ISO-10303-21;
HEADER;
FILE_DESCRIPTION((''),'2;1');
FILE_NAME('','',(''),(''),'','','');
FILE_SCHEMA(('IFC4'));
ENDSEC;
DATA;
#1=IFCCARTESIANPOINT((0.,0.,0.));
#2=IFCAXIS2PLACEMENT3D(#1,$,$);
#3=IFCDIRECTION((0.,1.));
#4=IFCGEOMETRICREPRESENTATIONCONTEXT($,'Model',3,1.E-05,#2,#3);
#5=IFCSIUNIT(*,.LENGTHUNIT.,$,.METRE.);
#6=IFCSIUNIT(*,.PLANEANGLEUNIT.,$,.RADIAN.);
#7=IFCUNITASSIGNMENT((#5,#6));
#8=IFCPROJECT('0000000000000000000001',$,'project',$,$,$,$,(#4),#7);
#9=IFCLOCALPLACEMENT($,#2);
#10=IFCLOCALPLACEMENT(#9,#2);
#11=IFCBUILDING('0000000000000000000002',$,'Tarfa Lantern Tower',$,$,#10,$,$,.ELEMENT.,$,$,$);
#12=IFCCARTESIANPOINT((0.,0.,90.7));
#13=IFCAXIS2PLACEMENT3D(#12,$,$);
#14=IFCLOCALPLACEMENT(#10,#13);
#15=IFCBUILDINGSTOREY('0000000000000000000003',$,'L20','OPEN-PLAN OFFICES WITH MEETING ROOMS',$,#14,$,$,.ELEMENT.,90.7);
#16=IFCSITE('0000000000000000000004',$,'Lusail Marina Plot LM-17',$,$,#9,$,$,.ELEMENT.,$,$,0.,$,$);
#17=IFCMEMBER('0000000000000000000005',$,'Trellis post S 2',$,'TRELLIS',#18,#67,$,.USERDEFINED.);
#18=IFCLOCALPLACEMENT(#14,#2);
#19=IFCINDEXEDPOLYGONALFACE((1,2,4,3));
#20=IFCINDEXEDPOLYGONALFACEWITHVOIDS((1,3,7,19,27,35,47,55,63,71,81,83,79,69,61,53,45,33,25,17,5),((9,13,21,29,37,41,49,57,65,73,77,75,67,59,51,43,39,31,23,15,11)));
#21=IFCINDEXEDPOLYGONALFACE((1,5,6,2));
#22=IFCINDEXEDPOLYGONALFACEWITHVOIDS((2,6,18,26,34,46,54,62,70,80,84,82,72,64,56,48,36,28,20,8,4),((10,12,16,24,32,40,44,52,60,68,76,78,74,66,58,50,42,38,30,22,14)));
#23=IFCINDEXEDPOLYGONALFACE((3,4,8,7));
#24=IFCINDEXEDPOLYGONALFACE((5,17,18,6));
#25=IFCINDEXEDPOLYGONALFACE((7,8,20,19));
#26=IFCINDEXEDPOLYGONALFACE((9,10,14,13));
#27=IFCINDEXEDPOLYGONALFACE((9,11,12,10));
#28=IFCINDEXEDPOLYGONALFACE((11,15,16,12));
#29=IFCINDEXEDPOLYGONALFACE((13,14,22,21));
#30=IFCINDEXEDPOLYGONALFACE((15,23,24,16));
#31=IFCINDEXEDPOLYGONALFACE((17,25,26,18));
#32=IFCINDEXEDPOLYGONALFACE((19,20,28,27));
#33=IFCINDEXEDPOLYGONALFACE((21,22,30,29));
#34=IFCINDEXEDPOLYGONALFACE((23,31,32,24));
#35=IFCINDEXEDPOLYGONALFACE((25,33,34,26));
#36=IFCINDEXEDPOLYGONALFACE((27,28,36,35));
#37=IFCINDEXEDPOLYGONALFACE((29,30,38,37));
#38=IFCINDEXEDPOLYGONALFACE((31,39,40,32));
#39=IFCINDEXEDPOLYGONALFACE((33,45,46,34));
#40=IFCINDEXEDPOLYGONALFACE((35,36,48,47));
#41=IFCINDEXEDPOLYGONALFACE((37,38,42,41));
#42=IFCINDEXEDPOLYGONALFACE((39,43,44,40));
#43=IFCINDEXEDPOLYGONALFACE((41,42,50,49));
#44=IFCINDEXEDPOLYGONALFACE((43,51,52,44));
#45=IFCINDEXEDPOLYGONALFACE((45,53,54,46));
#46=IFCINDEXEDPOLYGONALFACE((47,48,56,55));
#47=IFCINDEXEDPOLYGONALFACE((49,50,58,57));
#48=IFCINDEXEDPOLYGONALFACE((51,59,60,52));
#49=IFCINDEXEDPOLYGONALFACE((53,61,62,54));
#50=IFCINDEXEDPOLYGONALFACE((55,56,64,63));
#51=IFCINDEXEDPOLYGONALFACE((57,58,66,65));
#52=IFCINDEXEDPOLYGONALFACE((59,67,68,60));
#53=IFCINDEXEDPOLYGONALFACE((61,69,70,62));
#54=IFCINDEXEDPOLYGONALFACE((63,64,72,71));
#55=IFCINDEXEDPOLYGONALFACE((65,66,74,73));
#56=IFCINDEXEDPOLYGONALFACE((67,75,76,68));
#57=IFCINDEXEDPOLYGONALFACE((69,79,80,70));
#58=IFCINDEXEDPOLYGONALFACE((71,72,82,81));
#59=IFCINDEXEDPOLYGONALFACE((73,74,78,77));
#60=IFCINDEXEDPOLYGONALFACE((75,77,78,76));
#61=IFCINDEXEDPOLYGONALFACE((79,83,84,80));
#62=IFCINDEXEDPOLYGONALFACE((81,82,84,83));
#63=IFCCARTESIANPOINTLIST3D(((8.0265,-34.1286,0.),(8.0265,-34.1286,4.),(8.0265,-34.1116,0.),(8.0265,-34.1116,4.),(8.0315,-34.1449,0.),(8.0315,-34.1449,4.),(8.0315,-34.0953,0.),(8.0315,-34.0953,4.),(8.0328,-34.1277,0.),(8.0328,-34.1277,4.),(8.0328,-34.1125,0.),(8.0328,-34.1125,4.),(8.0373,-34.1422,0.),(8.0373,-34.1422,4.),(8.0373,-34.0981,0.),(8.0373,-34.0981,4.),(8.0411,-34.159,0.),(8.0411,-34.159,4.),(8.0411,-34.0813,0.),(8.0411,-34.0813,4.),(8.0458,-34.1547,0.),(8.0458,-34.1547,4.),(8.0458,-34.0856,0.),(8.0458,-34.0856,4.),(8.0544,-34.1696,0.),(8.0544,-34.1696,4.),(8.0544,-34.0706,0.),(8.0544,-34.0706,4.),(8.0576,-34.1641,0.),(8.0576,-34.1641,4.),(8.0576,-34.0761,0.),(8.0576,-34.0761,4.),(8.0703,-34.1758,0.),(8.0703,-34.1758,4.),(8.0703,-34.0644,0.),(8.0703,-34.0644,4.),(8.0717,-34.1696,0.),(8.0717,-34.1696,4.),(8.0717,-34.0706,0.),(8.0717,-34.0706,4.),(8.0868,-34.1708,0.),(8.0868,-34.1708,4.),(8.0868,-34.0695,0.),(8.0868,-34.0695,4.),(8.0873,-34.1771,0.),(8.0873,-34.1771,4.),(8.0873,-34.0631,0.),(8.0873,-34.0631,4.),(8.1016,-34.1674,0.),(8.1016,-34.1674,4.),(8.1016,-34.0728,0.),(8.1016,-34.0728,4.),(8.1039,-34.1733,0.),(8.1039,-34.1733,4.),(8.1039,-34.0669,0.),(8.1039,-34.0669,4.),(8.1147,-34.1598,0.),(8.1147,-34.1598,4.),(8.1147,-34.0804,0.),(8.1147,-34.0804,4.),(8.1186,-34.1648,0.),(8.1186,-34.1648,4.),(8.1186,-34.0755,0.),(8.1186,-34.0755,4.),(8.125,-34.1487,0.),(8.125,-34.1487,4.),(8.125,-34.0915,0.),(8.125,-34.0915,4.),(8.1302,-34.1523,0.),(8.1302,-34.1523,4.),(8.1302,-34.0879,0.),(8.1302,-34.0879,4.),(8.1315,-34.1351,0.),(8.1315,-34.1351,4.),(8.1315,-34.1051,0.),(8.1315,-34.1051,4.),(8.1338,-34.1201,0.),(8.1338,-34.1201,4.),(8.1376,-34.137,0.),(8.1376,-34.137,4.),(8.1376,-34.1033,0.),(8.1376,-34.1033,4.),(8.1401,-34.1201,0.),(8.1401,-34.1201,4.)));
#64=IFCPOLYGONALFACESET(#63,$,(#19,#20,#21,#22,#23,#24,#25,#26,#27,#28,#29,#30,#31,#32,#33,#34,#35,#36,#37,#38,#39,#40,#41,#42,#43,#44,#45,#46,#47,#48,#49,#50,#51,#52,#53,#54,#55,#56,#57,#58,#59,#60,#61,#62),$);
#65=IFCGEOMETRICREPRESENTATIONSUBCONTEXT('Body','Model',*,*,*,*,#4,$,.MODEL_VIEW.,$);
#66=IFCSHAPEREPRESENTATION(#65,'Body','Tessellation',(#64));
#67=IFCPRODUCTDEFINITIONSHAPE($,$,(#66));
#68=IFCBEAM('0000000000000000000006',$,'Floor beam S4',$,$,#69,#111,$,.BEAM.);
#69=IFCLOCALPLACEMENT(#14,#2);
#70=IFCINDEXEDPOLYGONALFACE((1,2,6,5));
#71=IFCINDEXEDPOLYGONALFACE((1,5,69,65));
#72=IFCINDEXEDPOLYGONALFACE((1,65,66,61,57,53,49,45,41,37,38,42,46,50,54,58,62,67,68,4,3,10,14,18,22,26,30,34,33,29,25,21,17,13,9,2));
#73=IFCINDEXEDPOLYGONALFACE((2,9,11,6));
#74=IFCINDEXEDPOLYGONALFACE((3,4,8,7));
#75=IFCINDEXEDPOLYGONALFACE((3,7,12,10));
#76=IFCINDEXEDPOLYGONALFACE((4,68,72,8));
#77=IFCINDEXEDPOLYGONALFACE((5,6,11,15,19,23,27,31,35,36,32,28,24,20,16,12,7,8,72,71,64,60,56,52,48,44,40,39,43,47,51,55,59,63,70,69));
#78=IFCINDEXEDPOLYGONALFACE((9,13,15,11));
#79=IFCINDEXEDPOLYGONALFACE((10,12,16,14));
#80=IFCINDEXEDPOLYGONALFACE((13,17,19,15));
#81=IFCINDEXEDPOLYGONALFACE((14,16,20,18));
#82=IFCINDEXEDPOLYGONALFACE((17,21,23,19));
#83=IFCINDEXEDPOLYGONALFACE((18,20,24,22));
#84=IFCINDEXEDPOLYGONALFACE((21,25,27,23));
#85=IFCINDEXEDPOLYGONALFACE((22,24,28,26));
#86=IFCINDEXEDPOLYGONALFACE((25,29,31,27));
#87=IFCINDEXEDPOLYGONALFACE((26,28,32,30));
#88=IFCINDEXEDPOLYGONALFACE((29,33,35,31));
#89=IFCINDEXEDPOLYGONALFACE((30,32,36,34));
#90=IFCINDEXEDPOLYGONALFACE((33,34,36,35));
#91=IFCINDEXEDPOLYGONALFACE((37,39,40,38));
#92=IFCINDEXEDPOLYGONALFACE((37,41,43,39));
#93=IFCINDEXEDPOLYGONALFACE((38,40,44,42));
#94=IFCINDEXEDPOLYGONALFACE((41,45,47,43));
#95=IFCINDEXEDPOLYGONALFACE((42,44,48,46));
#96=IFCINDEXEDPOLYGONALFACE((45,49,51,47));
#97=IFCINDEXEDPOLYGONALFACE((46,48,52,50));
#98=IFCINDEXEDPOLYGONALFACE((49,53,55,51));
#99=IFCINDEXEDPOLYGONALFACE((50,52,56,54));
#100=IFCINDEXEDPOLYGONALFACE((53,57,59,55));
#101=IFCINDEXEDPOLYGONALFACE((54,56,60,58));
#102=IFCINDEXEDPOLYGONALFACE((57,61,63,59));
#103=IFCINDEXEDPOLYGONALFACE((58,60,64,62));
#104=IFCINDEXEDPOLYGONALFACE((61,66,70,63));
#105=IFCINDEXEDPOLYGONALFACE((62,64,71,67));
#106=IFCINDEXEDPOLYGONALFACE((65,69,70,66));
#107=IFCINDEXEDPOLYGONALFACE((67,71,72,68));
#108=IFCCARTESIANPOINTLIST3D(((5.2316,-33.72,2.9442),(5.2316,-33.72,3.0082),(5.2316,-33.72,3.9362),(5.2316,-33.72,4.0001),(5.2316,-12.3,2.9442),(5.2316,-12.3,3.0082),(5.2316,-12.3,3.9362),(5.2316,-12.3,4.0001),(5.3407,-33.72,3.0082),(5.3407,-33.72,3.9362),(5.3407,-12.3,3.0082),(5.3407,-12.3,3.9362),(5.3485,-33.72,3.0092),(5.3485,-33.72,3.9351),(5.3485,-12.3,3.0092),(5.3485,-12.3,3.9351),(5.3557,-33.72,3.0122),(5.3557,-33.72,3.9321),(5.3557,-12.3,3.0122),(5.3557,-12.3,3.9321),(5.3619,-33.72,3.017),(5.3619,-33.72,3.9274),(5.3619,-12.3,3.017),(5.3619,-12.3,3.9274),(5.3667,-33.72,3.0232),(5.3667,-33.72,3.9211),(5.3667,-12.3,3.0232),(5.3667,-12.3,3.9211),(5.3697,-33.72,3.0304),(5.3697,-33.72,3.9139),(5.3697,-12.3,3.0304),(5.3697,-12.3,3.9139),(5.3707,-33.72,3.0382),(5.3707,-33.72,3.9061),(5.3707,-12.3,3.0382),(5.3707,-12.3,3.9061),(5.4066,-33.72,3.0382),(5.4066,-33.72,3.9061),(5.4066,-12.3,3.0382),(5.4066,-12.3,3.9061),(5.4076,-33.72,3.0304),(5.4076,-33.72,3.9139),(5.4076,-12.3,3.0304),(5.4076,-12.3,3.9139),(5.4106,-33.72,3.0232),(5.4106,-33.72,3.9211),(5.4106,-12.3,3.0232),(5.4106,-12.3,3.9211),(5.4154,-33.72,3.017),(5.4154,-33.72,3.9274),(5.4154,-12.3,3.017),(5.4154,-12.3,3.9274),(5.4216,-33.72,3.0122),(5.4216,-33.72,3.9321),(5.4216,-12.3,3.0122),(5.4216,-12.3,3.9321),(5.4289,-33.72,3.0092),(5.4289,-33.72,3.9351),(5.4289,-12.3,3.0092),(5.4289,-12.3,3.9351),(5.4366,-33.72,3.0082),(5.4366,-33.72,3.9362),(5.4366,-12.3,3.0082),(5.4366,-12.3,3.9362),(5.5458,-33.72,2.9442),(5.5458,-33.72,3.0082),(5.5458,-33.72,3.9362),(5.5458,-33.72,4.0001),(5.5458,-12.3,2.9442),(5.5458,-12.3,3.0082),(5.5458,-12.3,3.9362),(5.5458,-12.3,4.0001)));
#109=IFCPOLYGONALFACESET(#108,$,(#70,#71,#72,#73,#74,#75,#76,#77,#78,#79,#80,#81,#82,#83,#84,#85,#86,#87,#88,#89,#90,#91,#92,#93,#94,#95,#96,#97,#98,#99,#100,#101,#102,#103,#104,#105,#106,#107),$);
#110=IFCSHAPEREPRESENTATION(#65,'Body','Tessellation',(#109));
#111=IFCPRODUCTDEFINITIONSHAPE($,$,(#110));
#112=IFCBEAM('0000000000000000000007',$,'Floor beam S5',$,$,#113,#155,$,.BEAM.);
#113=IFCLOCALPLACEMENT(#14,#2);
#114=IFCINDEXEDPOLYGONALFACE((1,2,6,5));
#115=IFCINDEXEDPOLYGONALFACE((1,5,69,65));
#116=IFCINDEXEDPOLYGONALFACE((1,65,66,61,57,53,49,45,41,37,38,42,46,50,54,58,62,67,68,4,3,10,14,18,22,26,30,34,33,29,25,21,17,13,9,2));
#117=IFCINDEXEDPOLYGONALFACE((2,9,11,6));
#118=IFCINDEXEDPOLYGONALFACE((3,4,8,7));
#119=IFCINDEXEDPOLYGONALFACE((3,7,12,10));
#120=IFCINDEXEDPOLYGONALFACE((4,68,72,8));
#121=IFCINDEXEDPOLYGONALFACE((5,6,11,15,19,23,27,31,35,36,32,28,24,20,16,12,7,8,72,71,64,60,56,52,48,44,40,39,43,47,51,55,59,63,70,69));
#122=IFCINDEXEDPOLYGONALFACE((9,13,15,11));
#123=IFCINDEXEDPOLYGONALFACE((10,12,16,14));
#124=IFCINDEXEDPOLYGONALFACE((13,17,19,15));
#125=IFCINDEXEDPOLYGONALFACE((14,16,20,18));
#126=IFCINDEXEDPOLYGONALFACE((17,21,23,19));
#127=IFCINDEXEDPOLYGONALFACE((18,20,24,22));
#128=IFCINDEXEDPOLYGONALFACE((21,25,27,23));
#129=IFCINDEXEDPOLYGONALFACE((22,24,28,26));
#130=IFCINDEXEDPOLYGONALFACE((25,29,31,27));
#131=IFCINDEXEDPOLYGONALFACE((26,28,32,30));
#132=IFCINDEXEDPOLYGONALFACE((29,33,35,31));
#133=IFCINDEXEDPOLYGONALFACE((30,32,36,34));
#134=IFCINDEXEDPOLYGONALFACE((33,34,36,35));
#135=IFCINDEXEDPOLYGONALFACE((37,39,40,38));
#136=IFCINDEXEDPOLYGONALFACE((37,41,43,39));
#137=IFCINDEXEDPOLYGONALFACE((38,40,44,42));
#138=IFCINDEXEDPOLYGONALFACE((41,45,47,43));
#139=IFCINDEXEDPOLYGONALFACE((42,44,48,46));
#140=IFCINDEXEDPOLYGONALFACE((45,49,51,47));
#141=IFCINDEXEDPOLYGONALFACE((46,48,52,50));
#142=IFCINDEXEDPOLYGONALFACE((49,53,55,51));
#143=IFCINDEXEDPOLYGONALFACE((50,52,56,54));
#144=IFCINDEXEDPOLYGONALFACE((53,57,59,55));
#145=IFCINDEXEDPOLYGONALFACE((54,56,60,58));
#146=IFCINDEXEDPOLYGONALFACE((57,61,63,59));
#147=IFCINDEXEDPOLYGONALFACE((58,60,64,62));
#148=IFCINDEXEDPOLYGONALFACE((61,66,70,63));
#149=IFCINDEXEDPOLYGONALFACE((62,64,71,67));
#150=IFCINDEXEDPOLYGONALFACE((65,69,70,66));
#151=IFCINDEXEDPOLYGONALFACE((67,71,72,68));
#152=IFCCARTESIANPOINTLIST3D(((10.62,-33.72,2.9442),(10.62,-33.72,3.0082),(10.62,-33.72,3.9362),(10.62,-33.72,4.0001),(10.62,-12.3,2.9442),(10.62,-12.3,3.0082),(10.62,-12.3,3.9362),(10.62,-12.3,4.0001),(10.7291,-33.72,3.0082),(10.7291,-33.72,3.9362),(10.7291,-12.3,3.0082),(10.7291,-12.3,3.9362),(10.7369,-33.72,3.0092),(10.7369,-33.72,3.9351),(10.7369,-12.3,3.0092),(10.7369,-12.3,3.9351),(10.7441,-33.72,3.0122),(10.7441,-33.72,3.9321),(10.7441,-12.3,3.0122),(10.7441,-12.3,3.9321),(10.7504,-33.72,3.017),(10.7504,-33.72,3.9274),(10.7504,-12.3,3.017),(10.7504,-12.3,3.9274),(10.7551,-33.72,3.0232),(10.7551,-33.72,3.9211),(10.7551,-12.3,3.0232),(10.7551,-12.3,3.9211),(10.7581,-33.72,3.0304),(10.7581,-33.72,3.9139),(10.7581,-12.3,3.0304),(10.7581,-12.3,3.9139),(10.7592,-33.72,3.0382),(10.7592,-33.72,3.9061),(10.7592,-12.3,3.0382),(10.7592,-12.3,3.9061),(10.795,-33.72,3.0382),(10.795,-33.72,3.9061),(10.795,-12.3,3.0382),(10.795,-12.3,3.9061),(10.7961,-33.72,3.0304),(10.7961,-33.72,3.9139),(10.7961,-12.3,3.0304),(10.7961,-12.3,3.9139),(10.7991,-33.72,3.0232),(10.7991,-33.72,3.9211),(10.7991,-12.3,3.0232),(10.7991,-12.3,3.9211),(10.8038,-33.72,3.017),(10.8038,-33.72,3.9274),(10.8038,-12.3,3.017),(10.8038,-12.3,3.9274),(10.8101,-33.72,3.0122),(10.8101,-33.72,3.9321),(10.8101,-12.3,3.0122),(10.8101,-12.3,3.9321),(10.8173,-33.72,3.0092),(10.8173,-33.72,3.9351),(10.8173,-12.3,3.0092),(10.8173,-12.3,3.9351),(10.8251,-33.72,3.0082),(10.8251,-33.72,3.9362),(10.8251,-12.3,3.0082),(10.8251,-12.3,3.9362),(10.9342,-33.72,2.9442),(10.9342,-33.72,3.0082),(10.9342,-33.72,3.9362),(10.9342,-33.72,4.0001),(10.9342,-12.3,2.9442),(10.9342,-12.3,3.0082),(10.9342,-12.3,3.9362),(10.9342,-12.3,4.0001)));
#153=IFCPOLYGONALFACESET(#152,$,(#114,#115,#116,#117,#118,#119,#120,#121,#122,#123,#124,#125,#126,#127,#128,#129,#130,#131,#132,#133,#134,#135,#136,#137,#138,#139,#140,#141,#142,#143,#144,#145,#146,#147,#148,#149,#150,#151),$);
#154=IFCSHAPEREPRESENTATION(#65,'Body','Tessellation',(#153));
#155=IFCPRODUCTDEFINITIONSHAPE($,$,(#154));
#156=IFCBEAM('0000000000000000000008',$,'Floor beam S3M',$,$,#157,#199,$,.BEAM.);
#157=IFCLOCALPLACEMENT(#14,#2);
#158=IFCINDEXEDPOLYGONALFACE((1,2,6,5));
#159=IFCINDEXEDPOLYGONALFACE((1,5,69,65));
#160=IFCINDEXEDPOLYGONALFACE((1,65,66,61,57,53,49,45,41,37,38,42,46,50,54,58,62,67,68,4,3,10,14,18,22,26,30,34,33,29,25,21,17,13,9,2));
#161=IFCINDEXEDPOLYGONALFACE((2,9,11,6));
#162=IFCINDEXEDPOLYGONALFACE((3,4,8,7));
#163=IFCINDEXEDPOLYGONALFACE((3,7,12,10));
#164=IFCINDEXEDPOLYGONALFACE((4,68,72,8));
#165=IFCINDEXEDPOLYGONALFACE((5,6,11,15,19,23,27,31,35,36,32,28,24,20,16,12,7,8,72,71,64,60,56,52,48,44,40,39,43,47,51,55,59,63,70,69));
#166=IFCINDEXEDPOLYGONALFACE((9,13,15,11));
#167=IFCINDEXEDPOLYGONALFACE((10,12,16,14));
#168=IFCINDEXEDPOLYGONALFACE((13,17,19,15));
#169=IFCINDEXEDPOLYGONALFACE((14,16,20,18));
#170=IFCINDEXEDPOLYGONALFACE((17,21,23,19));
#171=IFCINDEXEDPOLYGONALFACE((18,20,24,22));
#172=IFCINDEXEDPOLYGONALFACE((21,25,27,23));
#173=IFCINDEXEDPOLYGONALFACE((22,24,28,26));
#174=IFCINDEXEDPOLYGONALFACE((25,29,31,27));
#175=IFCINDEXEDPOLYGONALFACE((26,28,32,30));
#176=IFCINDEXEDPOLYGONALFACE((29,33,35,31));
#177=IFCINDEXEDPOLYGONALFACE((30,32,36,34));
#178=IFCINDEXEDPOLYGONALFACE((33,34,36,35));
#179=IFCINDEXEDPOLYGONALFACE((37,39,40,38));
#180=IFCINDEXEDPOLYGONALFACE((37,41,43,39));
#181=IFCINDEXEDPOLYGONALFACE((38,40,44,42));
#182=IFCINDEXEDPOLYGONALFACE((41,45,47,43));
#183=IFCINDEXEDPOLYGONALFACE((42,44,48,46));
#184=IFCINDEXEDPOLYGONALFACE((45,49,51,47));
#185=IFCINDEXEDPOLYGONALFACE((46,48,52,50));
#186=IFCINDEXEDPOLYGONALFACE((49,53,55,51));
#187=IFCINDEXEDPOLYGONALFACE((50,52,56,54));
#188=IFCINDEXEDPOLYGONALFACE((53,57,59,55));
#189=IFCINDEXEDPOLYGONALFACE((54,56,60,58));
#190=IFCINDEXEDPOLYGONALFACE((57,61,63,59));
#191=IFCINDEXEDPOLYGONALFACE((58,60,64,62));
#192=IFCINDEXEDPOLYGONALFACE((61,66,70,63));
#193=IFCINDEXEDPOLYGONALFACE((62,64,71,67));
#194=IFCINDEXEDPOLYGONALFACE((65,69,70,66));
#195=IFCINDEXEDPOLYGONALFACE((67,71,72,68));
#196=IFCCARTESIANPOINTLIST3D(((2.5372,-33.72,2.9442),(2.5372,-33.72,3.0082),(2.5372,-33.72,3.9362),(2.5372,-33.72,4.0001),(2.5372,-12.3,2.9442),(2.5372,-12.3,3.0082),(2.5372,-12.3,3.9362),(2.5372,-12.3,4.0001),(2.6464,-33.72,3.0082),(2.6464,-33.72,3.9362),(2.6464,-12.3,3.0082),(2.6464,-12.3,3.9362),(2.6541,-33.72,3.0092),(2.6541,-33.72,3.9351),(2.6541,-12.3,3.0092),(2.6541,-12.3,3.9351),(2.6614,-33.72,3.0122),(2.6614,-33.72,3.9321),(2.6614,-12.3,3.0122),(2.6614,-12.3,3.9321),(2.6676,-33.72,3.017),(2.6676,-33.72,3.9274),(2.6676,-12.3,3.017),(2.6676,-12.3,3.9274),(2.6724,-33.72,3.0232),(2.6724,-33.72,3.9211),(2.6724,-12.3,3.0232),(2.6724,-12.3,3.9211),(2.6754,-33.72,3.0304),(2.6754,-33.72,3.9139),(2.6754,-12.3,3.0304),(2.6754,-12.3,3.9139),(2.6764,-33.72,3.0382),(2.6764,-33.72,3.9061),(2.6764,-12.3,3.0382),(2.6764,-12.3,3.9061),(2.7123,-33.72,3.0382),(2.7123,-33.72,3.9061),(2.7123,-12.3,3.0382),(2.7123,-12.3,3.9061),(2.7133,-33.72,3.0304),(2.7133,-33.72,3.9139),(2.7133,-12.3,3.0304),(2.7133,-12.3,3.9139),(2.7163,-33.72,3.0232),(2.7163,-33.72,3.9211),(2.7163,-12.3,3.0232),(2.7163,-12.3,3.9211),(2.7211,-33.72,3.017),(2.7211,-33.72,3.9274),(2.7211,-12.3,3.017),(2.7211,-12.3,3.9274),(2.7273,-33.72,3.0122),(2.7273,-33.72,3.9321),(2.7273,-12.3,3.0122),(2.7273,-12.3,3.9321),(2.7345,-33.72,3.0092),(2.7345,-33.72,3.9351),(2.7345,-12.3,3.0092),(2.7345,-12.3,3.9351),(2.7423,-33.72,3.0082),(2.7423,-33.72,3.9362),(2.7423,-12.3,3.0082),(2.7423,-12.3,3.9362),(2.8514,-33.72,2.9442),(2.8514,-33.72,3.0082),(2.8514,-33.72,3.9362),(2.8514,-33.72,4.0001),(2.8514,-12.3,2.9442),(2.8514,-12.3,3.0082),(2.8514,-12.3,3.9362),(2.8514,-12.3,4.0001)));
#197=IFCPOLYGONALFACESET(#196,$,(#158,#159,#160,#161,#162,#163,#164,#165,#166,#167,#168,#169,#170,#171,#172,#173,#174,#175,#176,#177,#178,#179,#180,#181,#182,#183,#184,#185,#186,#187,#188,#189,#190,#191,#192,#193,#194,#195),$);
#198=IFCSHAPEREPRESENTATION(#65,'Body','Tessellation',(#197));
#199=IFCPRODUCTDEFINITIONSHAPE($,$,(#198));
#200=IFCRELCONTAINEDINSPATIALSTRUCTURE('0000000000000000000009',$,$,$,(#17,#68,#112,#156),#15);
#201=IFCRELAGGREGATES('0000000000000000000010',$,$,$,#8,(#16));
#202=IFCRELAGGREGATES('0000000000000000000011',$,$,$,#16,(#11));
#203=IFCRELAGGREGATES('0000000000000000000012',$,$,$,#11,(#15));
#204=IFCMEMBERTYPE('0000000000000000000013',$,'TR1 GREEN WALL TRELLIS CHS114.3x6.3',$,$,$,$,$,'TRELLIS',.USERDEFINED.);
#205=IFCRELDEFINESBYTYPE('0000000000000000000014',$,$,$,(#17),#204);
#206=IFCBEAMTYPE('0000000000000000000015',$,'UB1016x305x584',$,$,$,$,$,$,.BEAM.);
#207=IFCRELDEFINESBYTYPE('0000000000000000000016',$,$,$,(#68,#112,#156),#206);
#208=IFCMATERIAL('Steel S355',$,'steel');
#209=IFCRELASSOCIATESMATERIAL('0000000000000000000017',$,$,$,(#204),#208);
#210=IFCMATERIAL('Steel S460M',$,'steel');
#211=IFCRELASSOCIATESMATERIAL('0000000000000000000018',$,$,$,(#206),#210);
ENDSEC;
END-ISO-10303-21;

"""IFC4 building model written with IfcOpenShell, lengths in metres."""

from ifc_helpers import new_model, si_unit, direction, frame, origin, origin_2d, place, context, subcontext, project, spatial, hollow_circle, i_section, extrude, material, material_profile, profile_set, type_object, element, save


model = new_model("IFC4")

# Units and contexts
model_context = context("Model", 3, precision=1e-05, world=origin(), true_north=direction((0.0, 1.0)))
body_context = subcontext(model_context, "Body", "Model", "MODEL_VIEW")
ifc_project = project(units=[si_unit("LENGTHUNIT", "METRE"), si_unit("PLANEANGLEUNIT", "RADIAN")], contexts=[model_context])

# Site, building, storey
site_placement = place(None, origin())
site = spatial("IfcSite", under=ifc_project, at=site_placement, Name="Lusail Marina Plot LM-17", CompositionType="ELEMENT", RefElevation=0.0)
building_placement = place(site_placement, origin())
building = spatial("IfcBuilding", under=site, at=building_placement, Name="Tarfa Lantern Tower", CompositionType="ELEMENT")
storey_placement = place(building_placement, frame((0.0, 0.0, 90.7)))
storey = spatial("IfcBuildingStorey", under=building, at=storey_placement, Name="L20", Description="OPEN-PLAN OFFICES WITH MEETING ROOMS", CompositionType="ELEMENT", Elevation=90.7)

# Member
ifc_material_1 = material(Name="Steel S355", Category="steel")
ifc_material_profile_1 = material_profile(ifc_material_1, hollow_circle(Radius=0.0571, WallThickness=0.0063, at=origin_2d()), Name="CHS114.3x6.3")
ifc_profile_set_1 = profile_set([ifc_material_profile_1], Name="Steel S355")
member_type_1 = type_object("IfcMemberType", Name="TR1 GREEN WALL TRELLIS CHS114.3x6.3", ElementType="TRELLIS", PredefinedType="USERDEFINED", material=ifc_profile_set_1)
member_1_placement = place(storey_placement, frame((8.083, -34.1201, 0.0), z_axis=(0.0, 0.0, 1.0), x_axis=(1.0, 0.0, 0.0)))
element("IfcMember", 1, at=member_1_placement, inside=storey, type_object=member_type_1, Name="Trellis post S 2", ObjectType="TRELLIS", PredefinedType="USERDEFINED", context=body_context, shape_type="SweptSolid", body=[
    extrude(hollow_circle(Radius=0.0571, WallThickness=0.0063, at=origin_2d()), origin(), (0.0, 0.0, 1.0), 4.0),
])

# Beams
ifc_material_2 = material(Name="Steel S460M", Category="steel")
ifc_material_profile_2 = material_profile(ifc_material_2, i_section(OverallWidth=0.3142, OverallDepth=1.0559, WebThickness=0.0359, FlangeThickness=0.064, FilletRadius=0.03, at=origin_2d()), Name="UB1016x305x584")
ifc_profile_set_2 = profile_set([ifc_material_profile_2], Name="Steel S460M")
beam_type_1 = type_object("IfcBeamType", Name="UB1016x305x584", PredefinedType="BEAM", material=ifc_profile_set_2)
for number, where, z_axis, x_axis, name in (
    (2, (5.3887, -33.72, 3.4722), (0.0, 1.0, 0.0), (-1.0, 0.0, 0.0), "Floor beam S4"),
    (3, (10.7771, -33.72, 3.4722), (0.0, 1.0, 0.0), (-1.0, 0.0, 0.0), "Floor beam S5"),
    (4, (2.6943, -33.72, 3.4722), (0.0, 1.0, 0.0), (-1.0, 0.0, 0.0), "Floor beam S3M"),
):
    element("IfcBeam", number, at=place(storey_placement, frame(where, z_axis=z_axis, x_axis=x_axis)), inside=storey, type_object=beam_type_1, Name=name, PredefinedType="BEAM", context=body_context, shape_type="SweptSolid", body=[
        extrude(i_section(OverallWidth=0.3142, OverallDepth=1.0559, WebThickness=0.0359, FlangeThickness=0.064, FilletRadius=0.03, at=origin_2d()), origin(), (0.0, 0.0, 1.0), 21.4199),
    ])

save(model, "model.ifc")
